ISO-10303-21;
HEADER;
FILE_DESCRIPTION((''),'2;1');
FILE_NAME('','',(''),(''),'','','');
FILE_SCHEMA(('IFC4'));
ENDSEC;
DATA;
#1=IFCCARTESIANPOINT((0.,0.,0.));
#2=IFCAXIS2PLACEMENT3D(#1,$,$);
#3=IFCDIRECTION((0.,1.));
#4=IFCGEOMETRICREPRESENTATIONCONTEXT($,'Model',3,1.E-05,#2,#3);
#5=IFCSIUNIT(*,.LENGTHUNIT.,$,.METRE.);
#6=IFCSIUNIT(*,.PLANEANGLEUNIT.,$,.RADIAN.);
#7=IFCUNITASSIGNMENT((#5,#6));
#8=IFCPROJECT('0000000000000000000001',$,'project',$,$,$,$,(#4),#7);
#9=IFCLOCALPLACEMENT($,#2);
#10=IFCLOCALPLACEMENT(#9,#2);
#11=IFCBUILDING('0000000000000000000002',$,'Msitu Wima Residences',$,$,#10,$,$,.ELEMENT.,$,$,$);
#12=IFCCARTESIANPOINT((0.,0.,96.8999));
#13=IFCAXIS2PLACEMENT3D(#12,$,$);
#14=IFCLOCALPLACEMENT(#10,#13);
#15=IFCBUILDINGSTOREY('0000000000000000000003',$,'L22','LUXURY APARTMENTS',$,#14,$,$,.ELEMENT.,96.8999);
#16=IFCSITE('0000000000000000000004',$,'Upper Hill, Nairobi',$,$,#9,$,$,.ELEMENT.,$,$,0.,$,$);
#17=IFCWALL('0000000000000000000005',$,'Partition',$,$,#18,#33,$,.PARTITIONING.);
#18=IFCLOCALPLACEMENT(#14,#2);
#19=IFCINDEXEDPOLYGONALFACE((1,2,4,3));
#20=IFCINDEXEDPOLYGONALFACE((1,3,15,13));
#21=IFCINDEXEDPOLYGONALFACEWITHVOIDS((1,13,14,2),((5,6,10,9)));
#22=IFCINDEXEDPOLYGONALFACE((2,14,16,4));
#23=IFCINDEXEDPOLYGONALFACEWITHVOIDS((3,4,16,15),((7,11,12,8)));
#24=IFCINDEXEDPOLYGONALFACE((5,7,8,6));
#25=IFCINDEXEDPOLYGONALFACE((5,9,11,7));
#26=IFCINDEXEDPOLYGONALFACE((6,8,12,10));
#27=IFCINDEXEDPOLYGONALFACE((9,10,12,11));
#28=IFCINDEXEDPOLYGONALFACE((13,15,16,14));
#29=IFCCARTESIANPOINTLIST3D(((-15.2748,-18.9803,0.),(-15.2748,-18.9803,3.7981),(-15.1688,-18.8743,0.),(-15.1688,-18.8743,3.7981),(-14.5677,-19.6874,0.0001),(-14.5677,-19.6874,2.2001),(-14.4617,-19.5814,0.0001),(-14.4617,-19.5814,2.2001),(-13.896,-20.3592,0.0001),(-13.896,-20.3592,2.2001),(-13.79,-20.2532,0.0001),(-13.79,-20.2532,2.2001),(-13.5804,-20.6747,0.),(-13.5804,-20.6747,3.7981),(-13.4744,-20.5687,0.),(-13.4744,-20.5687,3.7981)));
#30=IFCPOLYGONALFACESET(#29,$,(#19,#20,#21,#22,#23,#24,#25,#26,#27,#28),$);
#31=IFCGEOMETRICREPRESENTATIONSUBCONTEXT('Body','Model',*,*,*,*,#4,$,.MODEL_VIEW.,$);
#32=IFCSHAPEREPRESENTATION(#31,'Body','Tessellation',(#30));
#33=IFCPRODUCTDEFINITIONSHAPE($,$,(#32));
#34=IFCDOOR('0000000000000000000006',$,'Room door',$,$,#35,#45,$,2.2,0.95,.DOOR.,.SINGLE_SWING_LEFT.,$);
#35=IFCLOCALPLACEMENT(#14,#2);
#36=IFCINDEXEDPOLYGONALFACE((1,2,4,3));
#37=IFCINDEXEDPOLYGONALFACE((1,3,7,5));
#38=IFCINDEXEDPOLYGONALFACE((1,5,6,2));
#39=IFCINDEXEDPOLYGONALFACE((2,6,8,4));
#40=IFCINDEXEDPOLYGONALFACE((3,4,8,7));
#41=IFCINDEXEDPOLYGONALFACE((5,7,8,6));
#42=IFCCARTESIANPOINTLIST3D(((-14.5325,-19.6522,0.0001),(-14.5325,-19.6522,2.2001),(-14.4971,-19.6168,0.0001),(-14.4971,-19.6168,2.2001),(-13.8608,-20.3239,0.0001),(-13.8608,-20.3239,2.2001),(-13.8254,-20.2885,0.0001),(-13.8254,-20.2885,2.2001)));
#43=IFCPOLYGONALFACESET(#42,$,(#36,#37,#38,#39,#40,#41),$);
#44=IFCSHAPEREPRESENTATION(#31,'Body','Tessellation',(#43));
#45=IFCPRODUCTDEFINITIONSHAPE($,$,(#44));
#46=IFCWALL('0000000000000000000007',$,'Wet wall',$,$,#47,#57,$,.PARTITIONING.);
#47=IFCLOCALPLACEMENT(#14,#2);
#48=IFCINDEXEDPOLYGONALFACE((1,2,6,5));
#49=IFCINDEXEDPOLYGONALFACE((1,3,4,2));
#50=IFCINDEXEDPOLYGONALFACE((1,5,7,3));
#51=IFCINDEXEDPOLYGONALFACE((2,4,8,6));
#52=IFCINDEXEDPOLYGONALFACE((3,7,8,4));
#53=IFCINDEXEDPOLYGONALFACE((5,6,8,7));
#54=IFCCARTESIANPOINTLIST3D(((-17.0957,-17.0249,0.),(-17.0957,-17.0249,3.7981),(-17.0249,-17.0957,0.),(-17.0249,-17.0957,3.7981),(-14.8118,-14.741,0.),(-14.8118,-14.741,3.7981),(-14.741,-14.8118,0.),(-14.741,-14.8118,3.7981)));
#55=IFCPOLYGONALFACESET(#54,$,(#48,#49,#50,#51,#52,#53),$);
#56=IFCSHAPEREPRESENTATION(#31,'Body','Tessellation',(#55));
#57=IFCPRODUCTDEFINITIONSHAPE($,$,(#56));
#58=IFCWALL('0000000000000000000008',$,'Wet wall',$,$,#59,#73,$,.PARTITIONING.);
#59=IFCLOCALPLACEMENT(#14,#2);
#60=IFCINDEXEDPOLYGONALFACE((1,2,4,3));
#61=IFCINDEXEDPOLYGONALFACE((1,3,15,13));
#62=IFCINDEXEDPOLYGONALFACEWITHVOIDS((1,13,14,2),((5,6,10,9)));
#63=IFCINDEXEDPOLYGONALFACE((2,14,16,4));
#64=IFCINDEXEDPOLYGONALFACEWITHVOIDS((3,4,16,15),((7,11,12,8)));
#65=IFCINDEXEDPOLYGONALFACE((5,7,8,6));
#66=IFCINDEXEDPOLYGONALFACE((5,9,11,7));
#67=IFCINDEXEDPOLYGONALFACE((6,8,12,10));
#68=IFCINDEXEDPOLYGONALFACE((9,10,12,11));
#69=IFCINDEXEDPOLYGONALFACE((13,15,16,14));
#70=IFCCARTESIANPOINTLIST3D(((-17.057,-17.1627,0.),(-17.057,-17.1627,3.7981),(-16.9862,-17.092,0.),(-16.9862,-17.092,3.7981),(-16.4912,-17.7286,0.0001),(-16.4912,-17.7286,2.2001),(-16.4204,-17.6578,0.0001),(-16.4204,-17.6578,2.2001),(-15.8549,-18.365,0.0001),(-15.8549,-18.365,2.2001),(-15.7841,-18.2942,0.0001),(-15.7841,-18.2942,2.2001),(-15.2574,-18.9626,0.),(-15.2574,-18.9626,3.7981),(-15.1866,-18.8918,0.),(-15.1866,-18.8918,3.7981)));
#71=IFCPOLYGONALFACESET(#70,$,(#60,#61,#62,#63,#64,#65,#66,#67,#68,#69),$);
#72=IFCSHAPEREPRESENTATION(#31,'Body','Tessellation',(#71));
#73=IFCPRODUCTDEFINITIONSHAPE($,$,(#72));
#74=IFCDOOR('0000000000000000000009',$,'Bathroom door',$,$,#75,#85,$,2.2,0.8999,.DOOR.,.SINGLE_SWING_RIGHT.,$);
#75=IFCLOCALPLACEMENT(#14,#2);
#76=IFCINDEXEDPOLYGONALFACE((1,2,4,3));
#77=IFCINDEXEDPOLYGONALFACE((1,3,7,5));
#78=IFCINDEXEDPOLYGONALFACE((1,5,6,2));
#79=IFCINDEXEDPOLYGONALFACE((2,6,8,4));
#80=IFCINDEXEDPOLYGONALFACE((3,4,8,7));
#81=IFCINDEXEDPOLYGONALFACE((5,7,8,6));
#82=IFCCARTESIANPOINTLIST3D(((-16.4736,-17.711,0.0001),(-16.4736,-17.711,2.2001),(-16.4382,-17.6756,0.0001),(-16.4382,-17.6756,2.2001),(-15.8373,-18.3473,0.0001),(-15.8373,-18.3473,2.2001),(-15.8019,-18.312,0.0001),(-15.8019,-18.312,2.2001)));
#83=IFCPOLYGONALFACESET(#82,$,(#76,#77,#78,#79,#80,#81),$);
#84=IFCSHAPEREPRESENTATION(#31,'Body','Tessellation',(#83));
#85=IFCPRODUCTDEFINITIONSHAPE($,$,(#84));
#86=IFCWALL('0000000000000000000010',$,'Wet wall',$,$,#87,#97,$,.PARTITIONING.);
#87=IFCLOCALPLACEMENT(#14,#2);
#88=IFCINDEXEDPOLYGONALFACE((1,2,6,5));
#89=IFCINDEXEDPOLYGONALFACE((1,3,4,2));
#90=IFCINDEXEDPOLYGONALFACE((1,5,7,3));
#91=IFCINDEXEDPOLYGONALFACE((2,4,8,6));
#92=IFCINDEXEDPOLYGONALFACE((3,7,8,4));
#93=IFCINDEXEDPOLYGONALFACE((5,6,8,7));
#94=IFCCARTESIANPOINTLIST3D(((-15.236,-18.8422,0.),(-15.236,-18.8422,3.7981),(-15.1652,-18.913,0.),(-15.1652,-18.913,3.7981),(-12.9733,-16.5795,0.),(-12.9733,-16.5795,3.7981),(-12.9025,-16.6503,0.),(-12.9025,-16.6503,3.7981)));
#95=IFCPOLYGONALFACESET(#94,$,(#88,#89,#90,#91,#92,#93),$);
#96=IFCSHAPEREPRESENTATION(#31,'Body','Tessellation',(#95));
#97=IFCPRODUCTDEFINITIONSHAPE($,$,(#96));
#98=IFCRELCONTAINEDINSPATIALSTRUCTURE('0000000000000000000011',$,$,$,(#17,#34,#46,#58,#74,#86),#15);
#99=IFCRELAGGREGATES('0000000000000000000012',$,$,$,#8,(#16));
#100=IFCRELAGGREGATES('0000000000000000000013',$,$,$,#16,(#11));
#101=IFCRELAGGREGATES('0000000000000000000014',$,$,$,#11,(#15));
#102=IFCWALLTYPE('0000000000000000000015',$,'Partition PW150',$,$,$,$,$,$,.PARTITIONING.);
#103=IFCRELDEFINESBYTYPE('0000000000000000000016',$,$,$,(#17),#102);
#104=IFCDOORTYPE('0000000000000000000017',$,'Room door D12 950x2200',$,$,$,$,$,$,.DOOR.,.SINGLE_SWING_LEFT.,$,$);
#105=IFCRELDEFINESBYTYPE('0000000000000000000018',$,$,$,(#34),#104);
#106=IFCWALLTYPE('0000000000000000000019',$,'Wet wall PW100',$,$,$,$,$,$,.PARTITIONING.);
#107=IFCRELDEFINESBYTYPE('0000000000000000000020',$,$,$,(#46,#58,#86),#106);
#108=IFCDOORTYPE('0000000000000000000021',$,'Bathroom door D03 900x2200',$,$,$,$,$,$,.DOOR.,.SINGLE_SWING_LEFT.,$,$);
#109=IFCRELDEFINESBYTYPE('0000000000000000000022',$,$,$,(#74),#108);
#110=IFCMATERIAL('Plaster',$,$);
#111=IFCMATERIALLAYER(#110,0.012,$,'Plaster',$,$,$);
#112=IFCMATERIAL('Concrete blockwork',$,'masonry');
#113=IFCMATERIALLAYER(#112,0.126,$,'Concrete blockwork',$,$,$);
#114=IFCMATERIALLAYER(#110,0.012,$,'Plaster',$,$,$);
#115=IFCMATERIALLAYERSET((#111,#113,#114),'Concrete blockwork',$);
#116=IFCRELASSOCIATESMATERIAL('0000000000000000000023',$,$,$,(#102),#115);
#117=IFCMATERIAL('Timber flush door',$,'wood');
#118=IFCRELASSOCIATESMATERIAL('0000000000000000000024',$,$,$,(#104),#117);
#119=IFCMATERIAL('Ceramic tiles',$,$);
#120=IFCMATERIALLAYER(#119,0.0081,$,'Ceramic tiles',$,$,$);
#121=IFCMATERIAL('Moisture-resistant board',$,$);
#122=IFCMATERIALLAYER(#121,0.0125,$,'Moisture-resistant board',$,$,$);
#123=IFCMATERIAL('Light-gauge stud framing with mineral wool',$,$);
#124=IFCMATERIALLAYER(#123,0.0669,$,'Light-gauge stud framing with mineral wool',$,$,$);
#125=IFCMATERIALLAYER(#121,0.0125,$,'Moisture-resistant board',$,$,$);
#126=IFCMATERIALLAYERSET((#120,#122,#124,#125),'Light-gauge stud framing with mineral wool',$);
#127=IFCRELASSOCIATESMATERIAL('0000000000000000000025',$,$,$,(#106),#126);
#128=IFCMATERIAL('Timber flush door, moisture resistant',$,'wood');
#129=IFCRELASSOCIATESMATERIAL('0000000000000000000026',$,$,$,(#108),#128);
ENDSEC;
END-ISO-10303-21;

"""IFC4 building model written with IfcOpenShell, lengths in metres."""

from ifc_helpers import new_model, si_unit, direction, frame, frame_2d, origin, place, context, subcontext, project, spatial, rectangle, extrude, material, layer, layer_set, type_object, element, fill, save


model = new_model("IFC4")

# Units and contexts
model_context = context("Model", 3, precision=1e-05, world=origin(), true_north=direction((0.0, 1.0)))
body_context = subcontext(model_context, "Body", "Model", "MODEL_VIEW")
ifc_project = project(units=[si_unit("LENGTHUNIT", "METRE"), si_unit("PLANEANGLEUNIT", "RADIAN")], contexts=[model_context])

# Site, building, storey
site_placement = place(None, origin())
site = spatial("IfcSite", under=ifc_project, at=site_placement, Name="Upper Hill, Nairobi", CompositionType="ELEMENT", RefElevation=0.0)
building_placement = place(site_placement, origin())
building = spatial("IfcBuilding", under=site, at=building_placement, Name="Msitu Wima Residences", CompositionType="ELEMENT")
storey_placement = place(building_placement, frame((0.0, 0.0, 96.8999)))
storey = spatial("IfcBuildingStorey", under=building, at=storey_placement, Name="L22", Description="LUXURY APARTMENTS", CompositionType="ELEMENT", Elevation=96.8999)

# Shared definitions
ifc_material_1 = material(Name="Plaster")
ifc_material_2 = material(Name="Concrete blockwork", Category="masonry")

# Shared definitions
ifc_layer_1 = layer(ifc_material_1, 0.012, Name="Plaster")
ifc_layer_2 = layer(ifc_material_2, 0.126, Name="Concrete blockwork")
ifc_layer_3 = layer(ifc_material_1, 0.012, Name="Plaster")
ifc_layer_set_1 = layer_set([ifc_layer_1, ifc_layer_2, ifc_layer_3], Name="Concrete blockwork")
wall_type_1 = type_object("IfcWallType", Name="Partition PW150", PredefinedType="PARTITIONING", material=ifc_layer_set_1)

# Wall, opening, door
wall_1_placement = place(storey_placement, frame((-15.2219, -18.9272, 0.0), z_axis=(0.0, 0.0, 1.0), x_axis=(0.707107, -0.707107, 0.0)))
wall_1 = element("IfcWall", 1, at=wall_1_placement, inside=storey, type_object=wall_type_1, Name="Partition", PredefinedType="PARTITIONING", context=body_context, shape_type="SweptSolid", body=[
    extrude(rectangle(XDim=2.3962, YDim=0.1499, at=frame_2d((1.1982, 0.0))), origin(), (0.0, 0.0, 1.0), 3.7981),
])
opening_1_placement = place(wall_1_placement, frame((1.0, 0.0, 0.0)))
opening_1 = element("IfcOpeningElement", 2, at=opening_1_placement, cuts=wall_1, PredefinedType="OPENING", context=body_context, shape_type="SweptSolid", body=[
    extrude(rectangle(XDim=0.95, YDim=2.2, at=frame_2d((0.4751, 1.1001))), frame((0.0, 0.085, 0.0), z_axis=(0.0, -1.0, 0.0), x_axis=(1.0, 0.0, 0.0)), (0.0, 0.0, 1.0), 0.1699),
])
ifc_material_3 = material(Name="Timber flush door", Category="wood")
door_type_1 = type_object("IfcDoorType", Name="Room door D12 950x2200", OperationType="SINGLE_SWING_LEFT", PredefinedType="DOOR", material=ifc_material_3)
door_1_placement = place(opening_1_placement, origin())
door_1 = element("IfcDoor", 3, at=door_1_placement, inside=storey, type_object=door_type_1, Name="Room door", OperationType="SINGLE_SWING_LEFT", OverallHeight=2.2, OverallWidth=0.95, PredefinedType="DOOR", context=body_context, shape_type="SweptSolid", body=[
    extrude(rectangle(XDim=0.95, YDim=2.2, at=frame_2d((0.4751, 1.1001))), frame((0.0, 0.0249, 0.0), z_axis=(0.0, -1.0, 0.0), x_axis=(1.0, 0.0, 0.0)), (0.0, 0.0, 1.0), 0.05),
])
fill(opening_1, door_1)

# Wall
ifc_material_4 = material(Name="Ceramic tiles")
ifc_layer_4 = layer(ifc_material_4, 0.0081, Name="Ceramic tiles")
ifc_material_5 = material(Name="Moisture-resistant board")
ifc_layer_5 = layer(ifc_material_5, 0.0125, Name="Moisture-resistant board")
ifc_material_6 = material(Name="Light-gauge stud framing with mineral wool")
ifc_layer_6 = layer(ifc_material_6, 0.0669, Name="Light-gauge stud framing with mineral wool")
ifc_layer_7 = layer(ifc_material_5, 0.0125, Name="Moisture-resistant board")
ifc_layer_set_2 = layer_set([ifc_layer_4, ifc_layer_5, ifc_layer_6, ifc_layer_7], Name="Light-gauge stud framing with mineral wool")
wall_type_2 = type_object("IfcWallType", Name="Wet wall PW100", PredefinedType="PARTITIONING", material=ifc_layer_set_2)
wall_2_placement = place(storey_placement, frame((-17.0603, -17.0603, 0.0), z_axis=(0.0, 0.0, 1.0), x_axis=(0.707107, 0.707107, 0.0)))
element("IfcWall", 4, at=wall_2_placement, inside=storey, type_object=wall_type_2, Name="Wet wall", PredefinedType="PARTITIONING", context=body_context, shape_type="SweptSolid", body=[
    extrude(rectangle(XDim=3.23, YDim=0.1001, at=frame_2d((1.615, 0.0))), origin(), (0.0, 0.0, 1.0), 3.7981),
])

# Wall, opening, door
wall_3_placement = place(storey_placement, frame((-17.0215, -17.1274, 0.0), z_axis=(0.0, 0.0, 1.0), x_axis=(0.707059, -0.707155, 0.0)))
wall_3 = element("IfcWall", 5, at=wall_3_placement, inside=storey, type_object=wall_type_2, Name="Wet wall", PredefinedType="PARTITIONING", context=body_context, shape_type="SweptSolid", body=[
    extrude(rectangle(XDim=2.5452, YDim=0.1001, at=frame_2d((1.2725, 0.0))), origin(), (0.0, 0.0, 1.0), 3.7981),
])
opening_2_placement = place(wall_3_placement, frame((0.8, 0.0, 0.0)))
opening_2 = element("IfcOpeningElement", 6, at=opening_2_placement, cuts=wall_3, PredefinedType="OPENING", context=body_context, shape_type="SweptSolid", body=[
    extrude(rectangle(XDim=0.8999, YDim=2.2, at=frame_2d((0.45, 1.1001))), frame((0.0, 0.0601, 0.0), z_axis=(0.0, -1.0, 0.0), x_axis=(1.0, 0.0, 0.0)), (0.0, 0.0, 1.0), 0.1201),
])
ifc_material_7 = material(Name="Timber flush door, moisture resistant", Category="wood")
door_type_2 = type_object("IfcDoorType", Name="Bathroom door D03 900x2200", OperationType="SINGLE_SWING_LEFT", PredefinedType="DOOR", material=ifc_material_7)
door_2_placement = place(opening_2_placement, origin())
door_2 = element("IfcDoor", 7, at=door_2_placement, inside=storey, type_object=door_type_2, Name="Bathroom door", OperationType="SINGLE_SWING_RIGHT", OverallHeight=2.2, OverallWidth=0.8999, PredefinedType="DOOR", context=body_context, shape_type="SweptSolid", body=[
    extrude(rectangle(XDim=0.8999, YDim=2.2, at=frame_2d((0.45, 1.1001))), frame((0.0, 0.0249, 0.0), z_axis=(0.0, -1.0, 0.0), x_axis=(1.0, 0.0, 0.0)), (0.0, 0.0, 1.0), 0.05),
])
fill(opening_2, door_2)

# Wall
wall_4_placement = place(storey_placement, frame((-15.2007, -18.8777, 0.0), z_axis=(0.0, 0.0, 1.0), x_axis=(0.707107, 0.707107, 0.0)))
element("IfcWall", 8, at=wall_4_placement, inside=storey, type_object=wall_type_2, Name="Wet wall", PredefinedType="PARTITIONING", context=body_context, shape_type="SweptSolid", body=[
    extrude(rectangle(XDim=3.2, YDim=0.1001, at=frame_2d((1.6001, 0.0))), origin(), (0.0, 0.0, 1.0), 3.7981),
])

save(model, "model.ifc")
